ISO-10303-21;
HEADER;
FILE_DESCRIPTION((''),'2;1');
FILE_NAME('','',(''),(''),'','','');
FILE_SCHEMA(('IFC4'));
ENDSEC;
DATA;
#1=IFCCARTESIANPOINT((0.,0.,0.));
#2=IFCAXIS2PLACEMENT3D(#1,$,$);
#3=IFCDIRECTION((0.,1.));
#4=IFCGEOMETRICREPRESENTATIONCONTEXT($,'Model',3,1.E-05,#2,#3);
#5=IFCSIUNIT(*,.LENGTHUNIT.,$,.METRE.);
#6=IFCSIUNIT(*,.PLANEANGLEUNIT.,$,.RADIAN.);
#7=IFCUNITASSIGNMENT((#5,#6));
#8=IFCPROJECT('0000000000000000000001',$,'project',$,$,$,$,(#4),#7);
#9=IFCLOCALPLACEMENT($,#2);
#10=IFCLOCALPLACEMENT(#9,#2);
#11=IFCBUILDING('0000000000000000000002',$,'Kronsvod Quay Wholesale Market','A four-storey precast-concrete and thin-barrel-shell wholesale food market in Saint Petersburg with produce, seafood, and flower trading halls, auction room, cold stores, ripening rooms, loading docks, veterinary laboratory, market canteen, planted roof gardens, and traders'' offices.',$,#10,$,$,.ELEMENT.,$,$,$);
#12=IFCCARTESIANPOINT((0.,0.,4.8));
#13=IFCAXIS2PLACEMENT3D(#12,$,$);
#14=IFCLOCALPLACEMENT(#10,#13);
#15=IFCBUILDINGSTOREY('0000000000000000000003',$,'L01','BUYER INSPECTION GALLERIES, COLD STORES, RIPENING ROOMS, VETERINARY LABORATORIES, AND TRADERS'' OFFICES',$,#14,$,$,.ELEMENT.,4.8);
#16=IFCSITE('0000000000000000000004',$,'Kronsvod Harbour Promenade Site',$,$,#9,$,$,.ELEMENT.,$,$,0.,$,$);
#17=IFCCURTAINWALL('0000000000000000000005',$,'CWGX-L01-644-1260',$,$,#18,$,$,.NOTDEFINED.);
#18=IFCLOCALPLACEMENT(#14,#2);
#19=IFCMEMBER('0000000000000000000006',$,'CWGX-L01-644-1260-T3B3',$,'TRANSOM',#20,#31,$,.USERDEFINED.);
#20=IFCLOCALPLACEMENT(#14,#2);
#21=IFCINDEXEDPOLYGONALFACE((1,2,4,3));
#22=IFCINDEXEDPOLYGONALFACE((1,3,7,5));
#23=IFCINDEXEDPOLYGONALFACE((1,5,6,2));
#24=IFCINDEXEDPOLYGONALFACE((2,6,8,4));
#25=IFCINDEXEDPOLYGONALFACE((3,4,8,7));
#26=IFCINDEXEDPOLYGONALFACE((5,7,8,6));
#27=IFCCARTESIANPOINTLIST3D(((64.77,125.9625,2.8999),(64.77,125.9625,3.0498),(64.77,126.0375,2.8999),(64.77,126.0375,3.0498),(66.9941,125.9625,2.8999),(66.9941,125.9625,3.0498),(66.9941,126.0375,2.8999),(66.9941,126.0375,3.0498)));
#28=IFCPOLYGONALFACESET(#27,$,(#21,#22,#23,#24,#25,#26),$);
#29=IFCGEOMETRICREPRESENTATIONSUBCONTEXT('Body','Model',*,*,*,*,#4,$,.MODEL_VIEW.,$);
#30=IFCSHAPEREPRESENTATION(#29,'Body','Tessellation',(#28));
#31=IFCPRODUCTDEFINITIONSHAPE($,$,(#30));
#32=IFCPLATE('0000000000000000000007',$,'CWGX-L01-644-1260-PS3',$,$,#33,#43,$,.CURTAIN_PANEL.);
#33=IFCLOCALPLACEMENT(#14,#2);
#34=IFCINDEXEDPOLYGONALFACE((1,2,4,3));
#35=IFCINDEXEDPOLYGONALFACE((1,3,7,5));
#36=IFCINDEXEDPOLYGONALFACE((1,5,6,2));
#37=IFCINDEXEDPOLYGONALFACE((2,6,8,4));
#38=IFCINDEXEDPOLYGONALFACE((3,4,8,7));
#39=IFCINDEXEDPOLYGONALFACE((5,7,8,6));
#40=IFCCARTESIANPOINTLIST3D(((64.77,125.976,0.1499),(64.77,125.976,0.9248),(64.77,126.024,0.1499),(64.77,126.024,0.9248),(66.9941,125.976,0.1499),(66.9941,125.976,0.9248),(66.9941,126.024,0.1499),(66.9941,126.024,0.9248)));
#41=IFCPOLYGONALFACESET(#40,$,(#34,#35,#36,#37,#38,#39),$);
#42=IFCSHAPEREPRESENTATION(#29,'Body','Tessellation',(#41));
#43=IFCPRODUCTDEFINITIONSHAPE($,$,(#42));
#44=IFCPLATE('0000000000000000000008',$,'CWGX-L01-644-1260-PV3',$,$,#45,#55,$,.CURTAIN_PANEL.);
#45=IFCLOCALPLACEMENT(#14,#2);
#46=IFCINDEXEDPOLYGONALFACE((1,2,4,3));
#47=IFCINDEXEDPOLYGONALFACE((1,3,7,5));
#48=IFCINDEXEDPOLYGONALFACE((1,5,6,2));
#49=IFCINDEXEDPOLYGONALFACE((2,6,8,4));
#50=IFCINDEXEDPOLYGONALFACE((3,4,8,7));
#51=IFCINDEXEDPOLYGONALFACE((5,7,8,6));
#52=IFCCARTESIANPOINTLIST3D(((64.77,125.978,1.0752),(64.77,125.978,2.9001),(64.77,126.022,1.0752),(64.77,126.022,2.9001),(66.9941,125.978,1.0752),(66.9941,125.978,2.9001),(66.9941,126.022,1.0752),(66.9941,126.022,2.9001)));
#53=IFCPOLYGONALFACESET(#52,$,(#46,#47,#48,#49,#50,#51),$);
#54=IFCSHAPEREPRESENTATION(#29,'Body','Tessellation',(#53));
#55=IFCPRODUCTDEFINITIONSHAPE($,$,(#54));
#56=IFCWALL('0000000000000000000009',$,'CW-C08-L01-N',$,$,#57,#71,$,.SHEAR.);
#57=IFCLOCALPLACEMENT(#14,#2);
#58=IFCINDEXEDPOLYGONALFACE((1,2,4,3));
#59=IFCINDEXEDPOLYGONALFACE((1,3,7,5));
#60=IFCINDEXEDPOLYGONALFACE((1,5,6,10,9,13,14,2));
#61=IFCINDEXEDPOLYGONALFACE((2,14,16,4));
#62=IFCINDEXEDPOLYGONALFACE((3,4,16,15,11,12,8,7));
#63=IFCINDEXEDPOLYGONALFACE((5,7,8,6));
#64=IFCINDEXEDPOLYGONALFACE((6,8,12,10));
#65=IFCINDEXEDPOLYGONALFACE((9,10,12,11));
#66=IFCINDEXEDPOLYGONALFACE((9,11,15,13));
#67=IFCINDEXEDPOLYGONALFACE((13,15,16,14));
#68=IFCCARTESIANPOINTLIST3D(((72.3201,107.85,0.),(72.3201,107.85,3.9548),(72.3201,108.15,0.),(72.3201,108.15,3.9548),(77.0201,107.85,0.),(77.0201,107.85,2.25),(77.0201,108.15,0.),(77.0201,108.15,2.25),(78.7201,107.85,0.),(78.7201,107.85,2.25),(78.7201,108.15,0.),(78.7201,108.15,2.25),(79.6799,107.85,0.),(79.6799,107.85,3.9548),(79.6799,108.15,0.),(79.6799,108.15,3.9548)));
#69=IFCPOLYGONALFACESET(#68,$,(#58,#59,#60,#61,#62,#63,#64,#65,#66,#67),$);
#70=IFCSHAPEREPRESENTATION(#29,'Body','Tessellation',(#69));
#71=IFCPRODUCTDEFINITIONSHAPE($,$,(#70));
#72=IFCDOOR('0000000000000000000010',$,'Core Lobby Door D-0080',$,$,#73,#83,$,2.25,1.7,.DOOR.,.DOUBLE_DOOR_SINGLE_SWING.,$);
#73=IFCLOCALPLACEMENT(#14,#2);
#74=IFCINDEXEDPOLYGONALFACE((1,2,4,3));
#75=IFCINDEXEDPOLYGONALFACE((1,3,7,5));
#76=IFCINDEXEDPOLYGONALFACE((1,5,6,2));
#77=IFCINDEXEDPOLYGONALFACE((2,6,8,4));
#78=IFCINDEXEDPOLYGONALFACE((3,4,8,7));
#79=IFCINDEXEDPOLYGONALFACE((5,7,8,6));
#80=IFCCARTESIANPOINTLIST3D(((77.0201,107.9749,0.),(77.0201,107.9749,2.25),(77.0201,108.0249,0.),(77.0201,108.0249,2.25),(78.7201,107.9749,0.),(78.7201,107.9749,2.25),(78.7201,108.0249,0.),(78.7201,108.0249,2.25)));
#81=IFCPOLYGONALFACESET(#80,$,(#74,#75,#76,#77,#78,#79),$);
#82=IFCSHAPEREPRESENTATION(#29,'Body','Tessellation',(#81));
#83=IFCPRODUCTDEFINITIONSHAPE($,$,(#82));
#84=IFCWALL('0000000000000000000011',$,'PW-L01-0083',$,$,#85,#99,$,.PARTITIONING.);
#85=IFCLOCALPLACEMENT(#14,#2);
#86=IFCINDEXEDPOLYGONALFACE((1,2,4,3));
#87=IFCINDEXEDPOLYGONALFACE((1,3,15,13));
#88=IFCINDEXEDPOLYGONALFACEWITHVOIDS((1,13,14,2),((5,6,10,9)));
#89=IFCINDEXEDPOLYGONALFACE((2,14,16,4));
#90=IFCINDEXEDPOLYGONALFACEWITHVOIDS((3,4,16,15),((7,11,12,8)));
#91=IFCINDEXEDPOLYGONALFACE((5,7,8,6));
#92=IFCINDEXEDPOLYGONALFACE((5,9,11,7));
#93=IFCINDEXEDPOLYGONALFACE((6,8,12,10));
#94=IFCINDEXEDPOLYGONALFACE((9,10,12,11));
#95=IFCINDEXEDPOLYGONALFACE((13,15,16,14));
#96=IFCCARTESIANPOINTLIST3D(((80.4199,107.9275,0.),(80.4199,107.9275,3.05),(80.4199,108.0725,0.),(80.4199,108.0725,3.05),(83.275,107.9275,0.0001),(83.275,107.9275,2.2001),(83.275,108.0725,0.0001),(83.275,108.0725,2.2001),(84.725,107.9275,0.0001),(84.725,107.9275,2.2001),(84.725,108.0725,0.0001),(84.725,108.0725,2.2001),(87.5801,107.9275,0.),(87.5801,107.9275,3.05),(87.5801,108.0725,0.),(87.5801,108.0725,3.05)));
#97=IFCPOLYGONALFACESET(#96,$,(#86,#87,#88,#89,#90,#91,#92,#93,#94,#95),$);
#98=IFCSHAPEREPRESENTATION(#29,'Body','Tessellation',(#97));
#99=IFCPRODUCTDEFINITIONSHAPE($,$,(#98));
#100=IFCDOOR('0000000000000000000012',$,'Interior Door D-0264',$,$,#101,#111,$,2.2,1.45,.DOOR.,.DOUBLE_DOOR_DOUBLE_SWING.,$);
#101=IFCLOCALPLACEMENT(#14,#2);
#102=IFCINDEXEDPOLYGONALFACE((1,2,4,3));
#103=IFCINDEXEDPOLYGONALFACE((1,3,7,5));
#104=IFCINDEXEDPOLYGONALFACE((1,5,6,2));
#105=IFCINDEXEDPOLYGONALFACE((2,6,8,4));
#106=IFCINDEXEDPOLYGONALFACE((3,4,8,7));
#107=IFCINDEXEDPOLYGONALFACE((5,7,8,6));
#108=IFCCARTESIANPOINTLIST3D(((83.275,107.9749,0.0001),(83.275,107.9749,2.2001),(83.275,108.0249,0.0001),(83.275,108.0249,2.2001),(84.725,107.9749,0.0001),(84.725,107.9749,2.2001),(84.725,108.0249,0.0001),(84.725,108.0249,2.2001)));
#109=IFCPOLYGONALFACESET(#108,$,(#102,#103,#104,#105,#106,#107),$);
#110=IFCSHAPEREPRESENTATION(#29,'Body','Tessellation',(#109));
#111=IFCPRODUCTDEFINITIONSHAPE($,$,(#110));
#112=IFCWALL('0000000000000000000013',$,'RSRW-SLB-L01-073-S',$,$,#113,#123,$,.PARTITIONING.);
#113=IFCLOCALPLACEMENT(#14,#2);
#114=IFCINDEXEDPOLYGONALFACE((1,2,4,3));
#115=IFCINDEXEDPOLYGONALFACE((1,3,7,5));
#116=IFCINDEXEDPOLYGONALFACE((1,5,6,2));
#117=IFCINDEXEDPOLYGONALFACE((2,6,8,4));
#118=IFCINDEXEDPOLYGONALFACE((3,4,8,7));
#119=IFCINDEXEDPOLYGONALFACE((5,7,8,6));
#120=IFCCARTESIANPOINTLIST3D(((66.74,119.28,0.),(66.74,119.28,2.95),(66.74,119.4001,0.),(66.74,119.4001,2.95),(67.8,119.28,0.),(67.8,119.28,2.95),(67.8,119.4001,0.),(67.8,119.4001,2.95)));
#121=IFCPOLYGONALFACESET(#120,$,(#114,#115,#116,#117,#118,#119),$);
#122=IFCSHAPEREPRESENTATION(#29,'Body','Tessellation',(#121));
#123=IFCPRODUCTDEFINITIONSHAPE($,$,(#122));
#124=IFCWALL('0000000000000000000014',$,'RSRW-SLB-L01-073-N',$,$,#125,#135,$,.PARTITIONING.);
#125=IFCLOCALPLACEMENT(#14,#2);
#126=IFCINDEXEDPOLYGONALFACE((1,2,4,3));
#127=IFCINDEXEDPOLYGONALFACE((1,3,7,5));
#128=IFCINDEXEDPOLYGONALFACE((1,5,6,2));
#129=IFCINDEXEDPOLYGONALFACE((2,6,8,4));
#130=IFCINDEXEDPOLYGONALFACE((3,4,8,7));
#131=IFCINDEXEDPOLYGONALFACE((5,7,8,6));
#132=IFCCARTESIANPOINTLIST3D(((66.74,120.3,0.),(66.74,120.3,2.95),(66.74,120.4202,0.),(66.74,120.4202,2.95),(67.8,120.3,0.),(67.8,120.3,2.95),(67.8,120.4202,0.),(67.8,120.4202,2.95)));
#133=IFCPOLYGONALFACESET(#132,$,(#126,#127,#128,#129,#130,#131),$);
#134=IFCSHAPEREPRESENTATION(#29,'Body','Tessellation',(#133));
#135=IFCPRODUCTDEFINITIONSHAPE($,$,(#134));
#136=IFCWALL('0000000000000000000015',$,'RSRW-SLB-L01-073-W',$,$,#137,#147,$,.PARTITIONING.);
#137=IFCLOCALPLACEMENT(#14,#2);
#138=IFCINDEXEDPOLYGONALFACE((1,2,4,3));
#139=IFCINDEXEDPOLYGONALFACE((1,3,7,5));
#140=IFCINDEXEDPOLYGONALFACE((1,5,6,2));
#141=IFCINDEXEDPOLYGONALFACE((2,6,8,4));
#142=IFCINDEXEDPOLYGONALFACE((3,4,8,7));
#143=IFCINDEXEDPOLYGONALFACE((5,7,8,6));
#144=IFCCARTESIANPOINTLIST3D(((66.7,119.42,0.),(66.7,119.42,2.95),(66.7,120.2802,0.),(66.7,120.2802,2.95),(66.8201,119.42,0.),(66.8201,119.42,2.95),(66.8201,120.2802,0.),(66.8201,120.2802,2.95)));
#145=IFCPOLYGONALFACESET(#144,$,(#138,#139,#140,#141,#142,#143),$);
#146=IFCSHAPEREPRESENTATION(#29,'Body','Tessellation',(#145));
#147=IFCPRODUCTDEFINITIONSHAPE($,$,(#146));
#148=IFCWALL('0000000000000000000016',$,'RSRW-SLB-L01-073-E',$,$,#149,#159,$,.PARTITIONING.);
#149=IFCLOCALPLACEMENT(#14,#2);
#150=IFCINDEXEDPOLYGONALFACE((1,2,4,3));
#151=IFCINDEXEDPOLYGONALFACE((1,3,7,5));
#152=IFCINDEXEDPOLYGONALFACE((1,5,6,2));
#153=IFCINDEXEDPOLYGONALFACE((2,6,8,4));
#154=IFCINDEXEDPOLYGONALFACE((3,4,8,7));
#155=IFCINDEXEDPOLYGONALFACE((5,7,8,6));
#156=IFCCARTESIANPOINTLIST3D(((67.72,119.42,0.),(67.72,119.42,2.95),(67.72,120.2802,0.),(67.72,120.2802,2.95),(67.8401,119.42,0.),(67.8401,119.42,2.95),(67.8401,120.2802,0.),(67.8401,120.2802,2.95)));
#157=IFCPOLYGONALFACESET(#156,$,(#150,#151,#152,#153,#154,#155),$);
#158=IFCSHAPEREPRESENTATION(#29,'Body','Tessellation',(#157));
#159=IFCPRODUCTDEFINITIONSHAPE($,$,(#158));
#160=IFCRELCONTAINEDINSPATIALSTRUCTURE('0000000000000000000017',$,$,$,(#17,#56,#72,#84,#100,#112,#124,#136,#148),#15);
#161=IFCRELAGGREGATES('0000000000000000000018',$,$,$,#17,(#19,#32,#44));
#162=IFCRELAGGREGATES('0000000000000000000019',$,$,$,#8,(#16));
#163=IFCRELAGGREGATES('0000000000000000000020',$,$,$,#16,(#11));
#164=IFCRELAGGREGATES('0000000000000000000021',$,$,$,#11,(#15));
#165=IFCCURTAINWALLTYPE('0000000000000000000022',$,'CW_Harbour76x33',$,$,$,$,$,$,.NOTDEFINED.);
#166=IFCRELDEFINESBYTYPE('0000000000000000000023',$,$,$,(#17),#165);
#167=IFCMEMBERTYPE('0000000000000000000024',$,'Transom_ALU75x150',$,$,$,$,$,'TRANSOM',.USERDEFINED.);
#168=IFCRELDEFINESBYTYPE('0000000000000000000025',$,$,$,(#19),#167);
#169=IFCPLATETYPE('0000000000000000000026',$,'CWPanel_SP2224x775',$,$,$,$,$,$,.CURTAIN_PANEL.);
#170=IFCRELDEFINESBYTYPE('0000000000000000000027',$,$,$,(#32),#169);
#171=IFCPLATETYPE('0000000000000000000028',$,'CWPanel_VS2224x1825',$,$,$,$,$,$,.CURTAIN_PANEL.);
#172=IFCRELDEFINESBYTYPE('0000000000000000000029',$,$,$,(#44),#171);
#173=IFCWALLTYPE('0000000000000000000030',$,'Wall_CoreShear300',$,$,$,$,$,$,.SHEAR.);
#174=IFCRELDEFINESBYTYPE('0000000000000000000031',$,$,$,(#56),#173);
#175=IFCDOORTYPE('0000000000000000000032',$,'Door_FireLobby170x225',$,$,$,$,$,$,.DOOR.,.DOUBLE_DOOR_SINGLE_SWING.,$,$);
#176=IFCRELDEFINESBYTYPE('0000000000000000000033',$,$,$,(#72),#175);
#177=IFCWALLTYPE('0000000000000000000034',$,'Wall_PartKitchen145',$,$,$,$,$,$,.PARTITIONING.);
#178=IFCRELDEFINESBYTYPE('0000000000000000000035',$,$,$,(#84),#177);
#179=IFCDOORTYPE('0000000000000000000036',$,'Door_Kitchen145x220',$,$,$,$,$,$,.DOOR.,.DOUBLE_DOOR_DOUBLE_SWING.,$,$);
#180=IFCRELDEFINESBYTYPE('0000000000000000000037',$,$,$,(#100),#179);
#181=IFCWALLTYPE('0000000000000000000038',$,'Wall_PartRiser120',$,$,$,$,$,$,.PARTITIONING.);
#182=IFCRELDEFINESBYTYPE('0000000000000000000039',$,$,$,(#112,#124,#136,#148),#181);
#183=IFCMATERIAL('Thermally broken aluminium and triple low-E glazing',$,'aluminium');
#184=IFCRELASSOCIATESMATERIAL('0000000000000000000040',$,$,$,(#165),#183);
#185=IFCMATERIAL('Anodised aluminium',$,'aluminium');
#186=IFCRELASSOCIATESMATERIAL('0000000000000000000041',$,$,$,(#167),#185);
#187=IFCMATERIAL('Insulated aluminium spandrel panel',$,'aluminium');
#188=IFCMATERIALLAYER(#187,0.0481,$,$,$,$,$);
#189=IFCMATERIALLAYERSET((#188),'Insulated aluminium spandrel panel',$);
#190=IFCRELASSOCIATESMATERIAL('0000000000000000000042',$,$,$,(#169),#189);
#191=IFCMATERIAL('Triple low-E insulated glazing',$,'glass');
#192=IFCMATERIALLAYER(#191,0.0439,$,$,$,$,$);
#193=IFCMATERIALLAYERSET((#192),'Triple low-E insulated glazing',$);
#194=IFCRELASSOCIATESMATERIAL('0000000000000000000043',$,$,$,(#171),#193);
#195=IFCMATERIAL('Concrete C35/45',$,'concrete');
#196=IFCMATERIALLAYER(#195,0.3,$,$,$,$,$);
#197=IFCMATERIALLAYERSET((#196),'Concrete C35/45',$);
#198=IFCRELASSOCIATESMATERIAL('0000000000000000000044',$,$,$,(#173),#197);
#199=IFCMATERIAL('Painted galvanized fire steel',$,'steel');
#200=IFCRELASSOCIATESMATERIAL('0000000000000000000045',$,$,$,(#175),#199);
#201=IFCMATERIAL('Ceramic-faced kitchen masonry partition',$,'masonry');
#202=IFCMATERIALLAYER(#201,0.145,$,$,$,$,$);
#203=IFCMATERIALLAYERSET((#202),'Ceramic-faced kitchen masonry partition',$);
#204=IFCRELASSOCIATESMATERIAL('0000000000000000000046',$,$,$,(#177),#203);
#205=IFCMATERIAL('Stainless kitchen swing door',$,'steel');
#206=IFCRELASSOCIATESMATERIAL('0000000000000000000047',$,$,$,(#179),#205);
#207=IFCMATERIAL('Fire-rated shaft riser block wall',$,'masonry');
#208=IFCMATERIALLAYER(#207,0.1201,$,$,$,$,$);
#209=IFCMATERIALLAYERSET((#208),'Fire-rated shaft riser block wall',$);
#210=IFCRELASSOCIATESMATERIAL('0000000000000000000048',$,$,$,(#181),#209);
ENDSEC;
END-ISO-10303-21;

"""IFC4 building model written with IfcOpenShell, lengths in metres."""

from ifc_helpers import new_model, si_unit, direction, frame, frame_2d, origin, origin_2d, place, context, subcontext, project, spatial, rectangle, extrude, material, layer, layer_set, material_profile, profile_set, type_object, element, fill, aggregate, save


model = new_model("IFC4")

# Units and contexts
model_context = context("Model", 3, precision=1e-05, world=origin(), true_north=direction((0.0, 1.0)))
body_context = subcontext(model_context, "Body", "Model", "MODEL_VIEW")
ifc_project = project(units=[si_unit("LENGTHUNIT", "METRE"), si_unit("PLANEANGLEUNIT", "RADIAN")], contexts=[model_context])

# Site, building, storey
site_placement = place(None, origin())
site = spatial("IfcSite", under=ifc_project, at=site_placement, Name="Kronsvod Harbour Promenade Site", CompositionType="ELEMENT", RefElevation=0.0)
building_placement = place(site_placement, origin())
building = spatial("IfcBuilding", under=site, at=building_placement, Name="Kronsvod Quay Wholesale Market", Description="A four-storey precast-concrete and thin-barrel-shell wholesale food market in Saint Petersburg with produce, seafood, and flower trading halls, auction room, cold stores, ripening rooms, loading docks, veterinary laboratory, market canteen, planted roof gardens, and traders' offices.", CompositionType="ELEMENT")
storey_placement = place(building_placement, frame((0.0, 0.0, 4.8)))
storey = spatial("IfcBuildingStorey", under=building, at=storey_placement, Name="L01", Description="BUYER INSPECTION GALLERIES, COLD STORES, RIPENING ROOMS, VETERINARY LABORATORIES, AND TRADERS' OFFICES", CompositionType="ELEMENT", Elevation=4.8)

# Curtain wall
ifc_material_1 = material(Name="Thermally broken aluminium and triple low-E glazing", Category="aluminium")
curtain_wall_type = type_object("IfcCurtainWallType", Name="CW_Harbour76x33", PredefinedType="NOTDEFINED", material=ifc_material_1)
curtain_wall_placement = place(storey_placement, origin())
curtain_wall = element("IfcCurtainWall", 1, at=curtain_wall_placement, inside=storey, type_object=curtain_wall_type, Name="CWGX-L01-644-1260", PredefinedType="NOTDEFINED")

# Member
ifc_material_2 = material(Name="Anodised aluminium", Category="aluminium")
ifc_material_profile_1 = material_profile(ifc_material_2, rectangle(XDim=0.075, YDim=0.1499, at=origin_2d()), Name="ALUT75x150")
ifc_profile_set_1 = profile_set([ifc_material_profile_1], Name="Anodised aluminium")
member_type_1 = type_object("IfcMemberType", Name="Transom_ALU75x150", ElementType="TRANSOM", PredefinedType="USERDEFINED", material=ifc_profile_set_1)
member_1_placement = place(storey_placement, frame((66.9941, 126.0, 2.9749), z_axis=(-1.0, 0.0, 0.0), x_axis=(0.0, -1.0, 0.0)))
member_1 = element("IfcMember", 2, at=member_1_placement, type_object=member_type_1, Name="CWGX-L01-644-1260-T3B3", ObjectType="TRANSOM", PredefinedType="USERDEFINED", context=body_context, shape_type="SweptSolid", body=[
    extrude(rectangle(XDim=0.075, YDim=0.1499, at=origin_2d()), origin(), (0.0, 0.0, 1.0), 2.2241),
])

# Plates
ifc_material_3 = material(Name="Insulated aluminium spandrel panel", Category="aluminium")
ifc_layer_1 = layer(ifc_material_3, 0.0481)
ifc_layer_set_1 = layer_set([ifc_layer_1], Name="Insulated aluminium spandrel panel")
plate_type_1 = type_object("IfcPlateType", Name="CWPanel_SP2224x775", PredefinedType="CURTAIN_PANEL", material=ifc_layer_set_1)
plate_1_placement = place(storey_placement, frame((65.8821, 126.0, 0.1499), z_axis=(0.0, 0.0, 1.0), x_axis=(-1.0, 0.0, 0.0)))
plate_1 = element("IfcPlate", 3, at=plate_1_placement, type_object=plate_type_1, Name="CWGX-L01-644-1260-PS3", PredefinedType="CURTAIN_PANEL", context=body_context, shape_type="SweptSolid", body=[
    extrude(rectangle(XDim=2.2241, YDim=0.0481, at=origin_2d()), origin(), (0.0, 0.0, 1.0), 0.7749),
])
ifc_material_4 = material(Name="Triple low-E insulated glazing", Category="glass")
ifc_layer_2 = layer(ifc_material_4, 0.0439)
ifc_layer_set_2 = layer_set([ifc_layer_2], Name="Triple low-E insulated glazing")
plate_type_2 = type_object("IfcPlateType", Name="CWPanel_VS2224x1825", PredefinedType="CURTAIN_PANEL", material=ifc_layer_set_2)
plate_2_placement = place(storey_placement, frame((65.8821, 126.0, 1.0752), z_axis=(0.0, 0.0, 1.0), x_axis=(-1.0, 0.0, 0.0)))
plate_2 = element("IfcPlate", 4, at=plate_2_placement, type_object=plate_type_2, Name="CWGX-L01-644-1260-PV3", PredefinedType="CURTAIN_PANEL", context=body_context, shape_type="SweptSolid", body=[
    extrude(rectangle(XDim=2.2241, YDim=0.0439, at=origin_2d()), origin(), (0.0, 0.0, 1.0), 1.825),
])
aggregate(curtain_wall, [member_1, plate_1, plate_2])

# Walls, openings, doors
ifc_material_5 = material(Name="Concrete C35/45", Category="concrete")
ifc_layer_3 = layer(ifc_material_5, 0.3)
ifc_layer_set_3 = layer_set([ifc_layer_3], Name="Concrete C35/45")
wall_type_1 = type_object("IfcWallType", Name="Wall_CoreShear300", PredefinedType="SHEAR", material=ifc_layer_set_3)
wall_1_placement = place(storey_placement, frame((72.3201, 108.0, 0.0), z_axis=(0.0, 0.0, 1.0), x_axis=(1.0, 0.0, 0.0)))
wall_1 = element("IfcWall", 5, at=wall_1_placement, inside=storey, type_object=wall_type_1, Name="CW-C08-L01-N", PredefinedType="SHEAR", context=body_context, shape_type="SweptSolid", body=[
    extrude(rectangle(XDim=7.3599, YDim=0.3, at=frame_2d((3.6799, 0.0))), origin(), (0.0, 0.0, 1.0), 3.9548),
])
opening_1_placement = place(wall_1_placement, frame((4.7, 0.0, 0.0)))
opening_1 = element("IfcOpeningElement", 6, at=opening_1_placement, cuts=wall_1, PredefinedType="OPENING", context=body_context, shape_type="SweptSolid", body=[
    extrude(rectangle(XDim=1.7, YDim=2.25, at=frame_2d((0.8501, 1.125))), frame((0.0, 0.1602, 0.0), z_axis=(0.0, -1.0, 0.0), x_axis=(1.0, 0.0, 0.0)), (0.0, 0.0, 1.0), 0.3201),
])
ifc_material_6 = material(Name="Painted galvanized fire steel", Category="steel")
door_type_1 = type_object("IfcDoorType", Name="Door_FireLobby170x225", OperationType="DOUBLE_DOOR_SINGLE_SWING", PredefinedType="DOOR", material=ifc_material_6)
door_1_placement = place(opening_1_placement, origin())
door_1 = element("IfcDoor", 7, at=door_1_placement, inside=storey, type_object=door_type_1, Name="Core Lobby Door D-0080", OperationType="DOUBLE_DOOR_SINGLE_SWING", OverallHeight=2.25, OverallWidth=1.7, PredefinedType="DOOR", context=body_context, shape_type="SweptSolid", body=[
    extrude(rectangle(XDim=1.7, YDim=2.25, at=frame_2d((0.8501, 1.125))), frame((0.0, 0.0249, 0.0), z_axis=(0.0, -1.0, 0.0), x_axis=(1.0, 0.0, 0.0)), (0.0, 0.0, 1.0), 0.05),
])
fill(opening_1, door_1)
ifc_material_7 = material(Name="Ceramic-faced kitchen masonry partition", Category="masonry")
ifc_layer_4 = layer(ifc_material_7, 0.145)
ifc_layer_set_4 = layer_set([ifc_layer_4], Name="Ceramic-faced kitchen masonry partition")
wall_type_2 = type_object("IfcWallType", Name="Wall_PartKitchen145", PredefinedType="PARTITIONING", material=ifc_layer_set_4)
wall_2_placement = place(storey_placement, frame((80.4199, 108.0, 0.0), z_axis=(0.0, 0.0, 1.0), x_axis=(1.0, 0.0, 0.0)))
wall_2 = element("IfcWall", 8, at=wall_2_placement, inside=storey, type_object=wall_type_2, Name="PW-L01-0083", PredefinedType="PARTITIONING", context=body_context, shape_type="SweptSolid", body=[
    extrude(rectangle(XDim=7.1602, YDim=0.145, at=frame_2d((3.5801, 0.0))), origin(), (0.0, 0.0, 1.0), 3.05),
])
opening_2_placement = place(wall_2_placement, frame((2.855, 0.0, 0.0)))
opening_2 = element("IfcOpeningElement", 9, at=opening_2_placement, cuts=wall_2, PredefinedType="OPENING", context=body_context, shape_type="SweptSolid", body=[
    extrude(rectangle(XDim=1.45, YDim=2.2, at=frame_2d((0.7251, 1.1001))), frame((0.0, 0.0825, 0.0), z_axis=(0.0, -1.0, 0.0), x_axis=(1.0, 0.0, 0.0)), (0.0, 0.0, 1.0), 0.165),
])
ifc_material_8 = material(Name="Stainless kitchen swing door", Category="steel")
door_type_2 = type_object("IfcDoorType", Name="Door_Kitchen145x220", OperationType="DOUBLE_DOOR_DOUBLE_SWING", PredefinedType="DOOR", material=ifc_material_8)
door_2_placement = place(opening_2_placement, origin())
door_2 = element("IfcDoor", 10, at=door_2_placement, inside=storey, type_object=door_type_2, Name="Interior Door D-0264", OperationType="DOUBLE_DOOR_DOUBLE_SWING", OverallHeight=2.2, OverallWidth=1.45, PredefinedType="DOOR", context=body_context, shape_type="SweptSolid", body=[
    extrude(rectangle(XDim=1.45, YDim=2.2, at=frame_2d((0.7251, 1.1001))), frame((0.0, 0.0249, 0.0), z_axis=(0.0, -1.0, 0.0), x_axis=(1.0, 0.0, 0.0)), (0.0, 0.0, 1.0), 0.05),
])
fill(opening_2, door_2)

# Walls
ifc_material_9 = material(Name="Fire-rated shaft riser block wall", Category="masonry")
ifc_layer_5 = layer(ifc_material_9, 0.1201)
ifc_layer_set_5 = layer_set([ifc_layer_5], Name="Fire-rated shaft riser block wall")
wall_type_3 = type_object("IfcWallType", Name="Wall_PartRiser120", PredefinedType="PARTITIONING", material=ifc_layer_set_5)
for number, where, z_axis, x_axis, name in (
    (11, (66.74, 119.3401, 0.0), (0.0, 0.0, 1.0), (1.0, 0.0, 0.0), "RSRW-SLB-L01-073-S"),
    (12, (66.74, 120.3601, 0.0), (0.0, 0.0, 1.0), (1.0, 0.0, 0.0), "RSRW-SLB-L01-073-N"),
):
    element("IfcWall", number, at=place(storey_placement, frame(where, z_axis=z_axis, x_axis=x_axis)), inside=storey, type_object=wall_type_3, Name=name, PredefinedType="PARTITIONING", context=body_context, shape_type="SweptSolid", body=[
        extrude(rectangle(XDim=1.0601, YDim=0.1201, at=frame_2d((0.53, 0.0))), origin(), (0.0, 0.0, 1.0), 2.95),
    ])
for number, where, z_axis, x_axis, name in (
    (13, (66.76, 119.4199, 0.0), (0.0, 0.0, 1.0), (0.0, 1.0, 0.0), "RSRW-SLB-L01-073-W"),
    (14, (67.78, 119.4199, 0.0), (0.0, 0.0, 1.0), (0.0, 1.0, 0.0), "RSRW-SLB-L01-073-E"),
):
    element("IfcWall", number, at=place(storey_placement, frame(where, z_axis=z_axis, x_axis=x_axis)), inside=storey, type_object=wall_type_3, Name=name, PredefinedType="PARTITIONING", context=body_context, shape_type="SweptSolid", body=[
        extrude(rectangle(XDim=0.8601, YDim=0.1201, at=frame_2d((0.4302, 0.0))), origin(), (0.0, 0.0, 1.0), 2.95),
    ])

save(model, "model.ifc")
